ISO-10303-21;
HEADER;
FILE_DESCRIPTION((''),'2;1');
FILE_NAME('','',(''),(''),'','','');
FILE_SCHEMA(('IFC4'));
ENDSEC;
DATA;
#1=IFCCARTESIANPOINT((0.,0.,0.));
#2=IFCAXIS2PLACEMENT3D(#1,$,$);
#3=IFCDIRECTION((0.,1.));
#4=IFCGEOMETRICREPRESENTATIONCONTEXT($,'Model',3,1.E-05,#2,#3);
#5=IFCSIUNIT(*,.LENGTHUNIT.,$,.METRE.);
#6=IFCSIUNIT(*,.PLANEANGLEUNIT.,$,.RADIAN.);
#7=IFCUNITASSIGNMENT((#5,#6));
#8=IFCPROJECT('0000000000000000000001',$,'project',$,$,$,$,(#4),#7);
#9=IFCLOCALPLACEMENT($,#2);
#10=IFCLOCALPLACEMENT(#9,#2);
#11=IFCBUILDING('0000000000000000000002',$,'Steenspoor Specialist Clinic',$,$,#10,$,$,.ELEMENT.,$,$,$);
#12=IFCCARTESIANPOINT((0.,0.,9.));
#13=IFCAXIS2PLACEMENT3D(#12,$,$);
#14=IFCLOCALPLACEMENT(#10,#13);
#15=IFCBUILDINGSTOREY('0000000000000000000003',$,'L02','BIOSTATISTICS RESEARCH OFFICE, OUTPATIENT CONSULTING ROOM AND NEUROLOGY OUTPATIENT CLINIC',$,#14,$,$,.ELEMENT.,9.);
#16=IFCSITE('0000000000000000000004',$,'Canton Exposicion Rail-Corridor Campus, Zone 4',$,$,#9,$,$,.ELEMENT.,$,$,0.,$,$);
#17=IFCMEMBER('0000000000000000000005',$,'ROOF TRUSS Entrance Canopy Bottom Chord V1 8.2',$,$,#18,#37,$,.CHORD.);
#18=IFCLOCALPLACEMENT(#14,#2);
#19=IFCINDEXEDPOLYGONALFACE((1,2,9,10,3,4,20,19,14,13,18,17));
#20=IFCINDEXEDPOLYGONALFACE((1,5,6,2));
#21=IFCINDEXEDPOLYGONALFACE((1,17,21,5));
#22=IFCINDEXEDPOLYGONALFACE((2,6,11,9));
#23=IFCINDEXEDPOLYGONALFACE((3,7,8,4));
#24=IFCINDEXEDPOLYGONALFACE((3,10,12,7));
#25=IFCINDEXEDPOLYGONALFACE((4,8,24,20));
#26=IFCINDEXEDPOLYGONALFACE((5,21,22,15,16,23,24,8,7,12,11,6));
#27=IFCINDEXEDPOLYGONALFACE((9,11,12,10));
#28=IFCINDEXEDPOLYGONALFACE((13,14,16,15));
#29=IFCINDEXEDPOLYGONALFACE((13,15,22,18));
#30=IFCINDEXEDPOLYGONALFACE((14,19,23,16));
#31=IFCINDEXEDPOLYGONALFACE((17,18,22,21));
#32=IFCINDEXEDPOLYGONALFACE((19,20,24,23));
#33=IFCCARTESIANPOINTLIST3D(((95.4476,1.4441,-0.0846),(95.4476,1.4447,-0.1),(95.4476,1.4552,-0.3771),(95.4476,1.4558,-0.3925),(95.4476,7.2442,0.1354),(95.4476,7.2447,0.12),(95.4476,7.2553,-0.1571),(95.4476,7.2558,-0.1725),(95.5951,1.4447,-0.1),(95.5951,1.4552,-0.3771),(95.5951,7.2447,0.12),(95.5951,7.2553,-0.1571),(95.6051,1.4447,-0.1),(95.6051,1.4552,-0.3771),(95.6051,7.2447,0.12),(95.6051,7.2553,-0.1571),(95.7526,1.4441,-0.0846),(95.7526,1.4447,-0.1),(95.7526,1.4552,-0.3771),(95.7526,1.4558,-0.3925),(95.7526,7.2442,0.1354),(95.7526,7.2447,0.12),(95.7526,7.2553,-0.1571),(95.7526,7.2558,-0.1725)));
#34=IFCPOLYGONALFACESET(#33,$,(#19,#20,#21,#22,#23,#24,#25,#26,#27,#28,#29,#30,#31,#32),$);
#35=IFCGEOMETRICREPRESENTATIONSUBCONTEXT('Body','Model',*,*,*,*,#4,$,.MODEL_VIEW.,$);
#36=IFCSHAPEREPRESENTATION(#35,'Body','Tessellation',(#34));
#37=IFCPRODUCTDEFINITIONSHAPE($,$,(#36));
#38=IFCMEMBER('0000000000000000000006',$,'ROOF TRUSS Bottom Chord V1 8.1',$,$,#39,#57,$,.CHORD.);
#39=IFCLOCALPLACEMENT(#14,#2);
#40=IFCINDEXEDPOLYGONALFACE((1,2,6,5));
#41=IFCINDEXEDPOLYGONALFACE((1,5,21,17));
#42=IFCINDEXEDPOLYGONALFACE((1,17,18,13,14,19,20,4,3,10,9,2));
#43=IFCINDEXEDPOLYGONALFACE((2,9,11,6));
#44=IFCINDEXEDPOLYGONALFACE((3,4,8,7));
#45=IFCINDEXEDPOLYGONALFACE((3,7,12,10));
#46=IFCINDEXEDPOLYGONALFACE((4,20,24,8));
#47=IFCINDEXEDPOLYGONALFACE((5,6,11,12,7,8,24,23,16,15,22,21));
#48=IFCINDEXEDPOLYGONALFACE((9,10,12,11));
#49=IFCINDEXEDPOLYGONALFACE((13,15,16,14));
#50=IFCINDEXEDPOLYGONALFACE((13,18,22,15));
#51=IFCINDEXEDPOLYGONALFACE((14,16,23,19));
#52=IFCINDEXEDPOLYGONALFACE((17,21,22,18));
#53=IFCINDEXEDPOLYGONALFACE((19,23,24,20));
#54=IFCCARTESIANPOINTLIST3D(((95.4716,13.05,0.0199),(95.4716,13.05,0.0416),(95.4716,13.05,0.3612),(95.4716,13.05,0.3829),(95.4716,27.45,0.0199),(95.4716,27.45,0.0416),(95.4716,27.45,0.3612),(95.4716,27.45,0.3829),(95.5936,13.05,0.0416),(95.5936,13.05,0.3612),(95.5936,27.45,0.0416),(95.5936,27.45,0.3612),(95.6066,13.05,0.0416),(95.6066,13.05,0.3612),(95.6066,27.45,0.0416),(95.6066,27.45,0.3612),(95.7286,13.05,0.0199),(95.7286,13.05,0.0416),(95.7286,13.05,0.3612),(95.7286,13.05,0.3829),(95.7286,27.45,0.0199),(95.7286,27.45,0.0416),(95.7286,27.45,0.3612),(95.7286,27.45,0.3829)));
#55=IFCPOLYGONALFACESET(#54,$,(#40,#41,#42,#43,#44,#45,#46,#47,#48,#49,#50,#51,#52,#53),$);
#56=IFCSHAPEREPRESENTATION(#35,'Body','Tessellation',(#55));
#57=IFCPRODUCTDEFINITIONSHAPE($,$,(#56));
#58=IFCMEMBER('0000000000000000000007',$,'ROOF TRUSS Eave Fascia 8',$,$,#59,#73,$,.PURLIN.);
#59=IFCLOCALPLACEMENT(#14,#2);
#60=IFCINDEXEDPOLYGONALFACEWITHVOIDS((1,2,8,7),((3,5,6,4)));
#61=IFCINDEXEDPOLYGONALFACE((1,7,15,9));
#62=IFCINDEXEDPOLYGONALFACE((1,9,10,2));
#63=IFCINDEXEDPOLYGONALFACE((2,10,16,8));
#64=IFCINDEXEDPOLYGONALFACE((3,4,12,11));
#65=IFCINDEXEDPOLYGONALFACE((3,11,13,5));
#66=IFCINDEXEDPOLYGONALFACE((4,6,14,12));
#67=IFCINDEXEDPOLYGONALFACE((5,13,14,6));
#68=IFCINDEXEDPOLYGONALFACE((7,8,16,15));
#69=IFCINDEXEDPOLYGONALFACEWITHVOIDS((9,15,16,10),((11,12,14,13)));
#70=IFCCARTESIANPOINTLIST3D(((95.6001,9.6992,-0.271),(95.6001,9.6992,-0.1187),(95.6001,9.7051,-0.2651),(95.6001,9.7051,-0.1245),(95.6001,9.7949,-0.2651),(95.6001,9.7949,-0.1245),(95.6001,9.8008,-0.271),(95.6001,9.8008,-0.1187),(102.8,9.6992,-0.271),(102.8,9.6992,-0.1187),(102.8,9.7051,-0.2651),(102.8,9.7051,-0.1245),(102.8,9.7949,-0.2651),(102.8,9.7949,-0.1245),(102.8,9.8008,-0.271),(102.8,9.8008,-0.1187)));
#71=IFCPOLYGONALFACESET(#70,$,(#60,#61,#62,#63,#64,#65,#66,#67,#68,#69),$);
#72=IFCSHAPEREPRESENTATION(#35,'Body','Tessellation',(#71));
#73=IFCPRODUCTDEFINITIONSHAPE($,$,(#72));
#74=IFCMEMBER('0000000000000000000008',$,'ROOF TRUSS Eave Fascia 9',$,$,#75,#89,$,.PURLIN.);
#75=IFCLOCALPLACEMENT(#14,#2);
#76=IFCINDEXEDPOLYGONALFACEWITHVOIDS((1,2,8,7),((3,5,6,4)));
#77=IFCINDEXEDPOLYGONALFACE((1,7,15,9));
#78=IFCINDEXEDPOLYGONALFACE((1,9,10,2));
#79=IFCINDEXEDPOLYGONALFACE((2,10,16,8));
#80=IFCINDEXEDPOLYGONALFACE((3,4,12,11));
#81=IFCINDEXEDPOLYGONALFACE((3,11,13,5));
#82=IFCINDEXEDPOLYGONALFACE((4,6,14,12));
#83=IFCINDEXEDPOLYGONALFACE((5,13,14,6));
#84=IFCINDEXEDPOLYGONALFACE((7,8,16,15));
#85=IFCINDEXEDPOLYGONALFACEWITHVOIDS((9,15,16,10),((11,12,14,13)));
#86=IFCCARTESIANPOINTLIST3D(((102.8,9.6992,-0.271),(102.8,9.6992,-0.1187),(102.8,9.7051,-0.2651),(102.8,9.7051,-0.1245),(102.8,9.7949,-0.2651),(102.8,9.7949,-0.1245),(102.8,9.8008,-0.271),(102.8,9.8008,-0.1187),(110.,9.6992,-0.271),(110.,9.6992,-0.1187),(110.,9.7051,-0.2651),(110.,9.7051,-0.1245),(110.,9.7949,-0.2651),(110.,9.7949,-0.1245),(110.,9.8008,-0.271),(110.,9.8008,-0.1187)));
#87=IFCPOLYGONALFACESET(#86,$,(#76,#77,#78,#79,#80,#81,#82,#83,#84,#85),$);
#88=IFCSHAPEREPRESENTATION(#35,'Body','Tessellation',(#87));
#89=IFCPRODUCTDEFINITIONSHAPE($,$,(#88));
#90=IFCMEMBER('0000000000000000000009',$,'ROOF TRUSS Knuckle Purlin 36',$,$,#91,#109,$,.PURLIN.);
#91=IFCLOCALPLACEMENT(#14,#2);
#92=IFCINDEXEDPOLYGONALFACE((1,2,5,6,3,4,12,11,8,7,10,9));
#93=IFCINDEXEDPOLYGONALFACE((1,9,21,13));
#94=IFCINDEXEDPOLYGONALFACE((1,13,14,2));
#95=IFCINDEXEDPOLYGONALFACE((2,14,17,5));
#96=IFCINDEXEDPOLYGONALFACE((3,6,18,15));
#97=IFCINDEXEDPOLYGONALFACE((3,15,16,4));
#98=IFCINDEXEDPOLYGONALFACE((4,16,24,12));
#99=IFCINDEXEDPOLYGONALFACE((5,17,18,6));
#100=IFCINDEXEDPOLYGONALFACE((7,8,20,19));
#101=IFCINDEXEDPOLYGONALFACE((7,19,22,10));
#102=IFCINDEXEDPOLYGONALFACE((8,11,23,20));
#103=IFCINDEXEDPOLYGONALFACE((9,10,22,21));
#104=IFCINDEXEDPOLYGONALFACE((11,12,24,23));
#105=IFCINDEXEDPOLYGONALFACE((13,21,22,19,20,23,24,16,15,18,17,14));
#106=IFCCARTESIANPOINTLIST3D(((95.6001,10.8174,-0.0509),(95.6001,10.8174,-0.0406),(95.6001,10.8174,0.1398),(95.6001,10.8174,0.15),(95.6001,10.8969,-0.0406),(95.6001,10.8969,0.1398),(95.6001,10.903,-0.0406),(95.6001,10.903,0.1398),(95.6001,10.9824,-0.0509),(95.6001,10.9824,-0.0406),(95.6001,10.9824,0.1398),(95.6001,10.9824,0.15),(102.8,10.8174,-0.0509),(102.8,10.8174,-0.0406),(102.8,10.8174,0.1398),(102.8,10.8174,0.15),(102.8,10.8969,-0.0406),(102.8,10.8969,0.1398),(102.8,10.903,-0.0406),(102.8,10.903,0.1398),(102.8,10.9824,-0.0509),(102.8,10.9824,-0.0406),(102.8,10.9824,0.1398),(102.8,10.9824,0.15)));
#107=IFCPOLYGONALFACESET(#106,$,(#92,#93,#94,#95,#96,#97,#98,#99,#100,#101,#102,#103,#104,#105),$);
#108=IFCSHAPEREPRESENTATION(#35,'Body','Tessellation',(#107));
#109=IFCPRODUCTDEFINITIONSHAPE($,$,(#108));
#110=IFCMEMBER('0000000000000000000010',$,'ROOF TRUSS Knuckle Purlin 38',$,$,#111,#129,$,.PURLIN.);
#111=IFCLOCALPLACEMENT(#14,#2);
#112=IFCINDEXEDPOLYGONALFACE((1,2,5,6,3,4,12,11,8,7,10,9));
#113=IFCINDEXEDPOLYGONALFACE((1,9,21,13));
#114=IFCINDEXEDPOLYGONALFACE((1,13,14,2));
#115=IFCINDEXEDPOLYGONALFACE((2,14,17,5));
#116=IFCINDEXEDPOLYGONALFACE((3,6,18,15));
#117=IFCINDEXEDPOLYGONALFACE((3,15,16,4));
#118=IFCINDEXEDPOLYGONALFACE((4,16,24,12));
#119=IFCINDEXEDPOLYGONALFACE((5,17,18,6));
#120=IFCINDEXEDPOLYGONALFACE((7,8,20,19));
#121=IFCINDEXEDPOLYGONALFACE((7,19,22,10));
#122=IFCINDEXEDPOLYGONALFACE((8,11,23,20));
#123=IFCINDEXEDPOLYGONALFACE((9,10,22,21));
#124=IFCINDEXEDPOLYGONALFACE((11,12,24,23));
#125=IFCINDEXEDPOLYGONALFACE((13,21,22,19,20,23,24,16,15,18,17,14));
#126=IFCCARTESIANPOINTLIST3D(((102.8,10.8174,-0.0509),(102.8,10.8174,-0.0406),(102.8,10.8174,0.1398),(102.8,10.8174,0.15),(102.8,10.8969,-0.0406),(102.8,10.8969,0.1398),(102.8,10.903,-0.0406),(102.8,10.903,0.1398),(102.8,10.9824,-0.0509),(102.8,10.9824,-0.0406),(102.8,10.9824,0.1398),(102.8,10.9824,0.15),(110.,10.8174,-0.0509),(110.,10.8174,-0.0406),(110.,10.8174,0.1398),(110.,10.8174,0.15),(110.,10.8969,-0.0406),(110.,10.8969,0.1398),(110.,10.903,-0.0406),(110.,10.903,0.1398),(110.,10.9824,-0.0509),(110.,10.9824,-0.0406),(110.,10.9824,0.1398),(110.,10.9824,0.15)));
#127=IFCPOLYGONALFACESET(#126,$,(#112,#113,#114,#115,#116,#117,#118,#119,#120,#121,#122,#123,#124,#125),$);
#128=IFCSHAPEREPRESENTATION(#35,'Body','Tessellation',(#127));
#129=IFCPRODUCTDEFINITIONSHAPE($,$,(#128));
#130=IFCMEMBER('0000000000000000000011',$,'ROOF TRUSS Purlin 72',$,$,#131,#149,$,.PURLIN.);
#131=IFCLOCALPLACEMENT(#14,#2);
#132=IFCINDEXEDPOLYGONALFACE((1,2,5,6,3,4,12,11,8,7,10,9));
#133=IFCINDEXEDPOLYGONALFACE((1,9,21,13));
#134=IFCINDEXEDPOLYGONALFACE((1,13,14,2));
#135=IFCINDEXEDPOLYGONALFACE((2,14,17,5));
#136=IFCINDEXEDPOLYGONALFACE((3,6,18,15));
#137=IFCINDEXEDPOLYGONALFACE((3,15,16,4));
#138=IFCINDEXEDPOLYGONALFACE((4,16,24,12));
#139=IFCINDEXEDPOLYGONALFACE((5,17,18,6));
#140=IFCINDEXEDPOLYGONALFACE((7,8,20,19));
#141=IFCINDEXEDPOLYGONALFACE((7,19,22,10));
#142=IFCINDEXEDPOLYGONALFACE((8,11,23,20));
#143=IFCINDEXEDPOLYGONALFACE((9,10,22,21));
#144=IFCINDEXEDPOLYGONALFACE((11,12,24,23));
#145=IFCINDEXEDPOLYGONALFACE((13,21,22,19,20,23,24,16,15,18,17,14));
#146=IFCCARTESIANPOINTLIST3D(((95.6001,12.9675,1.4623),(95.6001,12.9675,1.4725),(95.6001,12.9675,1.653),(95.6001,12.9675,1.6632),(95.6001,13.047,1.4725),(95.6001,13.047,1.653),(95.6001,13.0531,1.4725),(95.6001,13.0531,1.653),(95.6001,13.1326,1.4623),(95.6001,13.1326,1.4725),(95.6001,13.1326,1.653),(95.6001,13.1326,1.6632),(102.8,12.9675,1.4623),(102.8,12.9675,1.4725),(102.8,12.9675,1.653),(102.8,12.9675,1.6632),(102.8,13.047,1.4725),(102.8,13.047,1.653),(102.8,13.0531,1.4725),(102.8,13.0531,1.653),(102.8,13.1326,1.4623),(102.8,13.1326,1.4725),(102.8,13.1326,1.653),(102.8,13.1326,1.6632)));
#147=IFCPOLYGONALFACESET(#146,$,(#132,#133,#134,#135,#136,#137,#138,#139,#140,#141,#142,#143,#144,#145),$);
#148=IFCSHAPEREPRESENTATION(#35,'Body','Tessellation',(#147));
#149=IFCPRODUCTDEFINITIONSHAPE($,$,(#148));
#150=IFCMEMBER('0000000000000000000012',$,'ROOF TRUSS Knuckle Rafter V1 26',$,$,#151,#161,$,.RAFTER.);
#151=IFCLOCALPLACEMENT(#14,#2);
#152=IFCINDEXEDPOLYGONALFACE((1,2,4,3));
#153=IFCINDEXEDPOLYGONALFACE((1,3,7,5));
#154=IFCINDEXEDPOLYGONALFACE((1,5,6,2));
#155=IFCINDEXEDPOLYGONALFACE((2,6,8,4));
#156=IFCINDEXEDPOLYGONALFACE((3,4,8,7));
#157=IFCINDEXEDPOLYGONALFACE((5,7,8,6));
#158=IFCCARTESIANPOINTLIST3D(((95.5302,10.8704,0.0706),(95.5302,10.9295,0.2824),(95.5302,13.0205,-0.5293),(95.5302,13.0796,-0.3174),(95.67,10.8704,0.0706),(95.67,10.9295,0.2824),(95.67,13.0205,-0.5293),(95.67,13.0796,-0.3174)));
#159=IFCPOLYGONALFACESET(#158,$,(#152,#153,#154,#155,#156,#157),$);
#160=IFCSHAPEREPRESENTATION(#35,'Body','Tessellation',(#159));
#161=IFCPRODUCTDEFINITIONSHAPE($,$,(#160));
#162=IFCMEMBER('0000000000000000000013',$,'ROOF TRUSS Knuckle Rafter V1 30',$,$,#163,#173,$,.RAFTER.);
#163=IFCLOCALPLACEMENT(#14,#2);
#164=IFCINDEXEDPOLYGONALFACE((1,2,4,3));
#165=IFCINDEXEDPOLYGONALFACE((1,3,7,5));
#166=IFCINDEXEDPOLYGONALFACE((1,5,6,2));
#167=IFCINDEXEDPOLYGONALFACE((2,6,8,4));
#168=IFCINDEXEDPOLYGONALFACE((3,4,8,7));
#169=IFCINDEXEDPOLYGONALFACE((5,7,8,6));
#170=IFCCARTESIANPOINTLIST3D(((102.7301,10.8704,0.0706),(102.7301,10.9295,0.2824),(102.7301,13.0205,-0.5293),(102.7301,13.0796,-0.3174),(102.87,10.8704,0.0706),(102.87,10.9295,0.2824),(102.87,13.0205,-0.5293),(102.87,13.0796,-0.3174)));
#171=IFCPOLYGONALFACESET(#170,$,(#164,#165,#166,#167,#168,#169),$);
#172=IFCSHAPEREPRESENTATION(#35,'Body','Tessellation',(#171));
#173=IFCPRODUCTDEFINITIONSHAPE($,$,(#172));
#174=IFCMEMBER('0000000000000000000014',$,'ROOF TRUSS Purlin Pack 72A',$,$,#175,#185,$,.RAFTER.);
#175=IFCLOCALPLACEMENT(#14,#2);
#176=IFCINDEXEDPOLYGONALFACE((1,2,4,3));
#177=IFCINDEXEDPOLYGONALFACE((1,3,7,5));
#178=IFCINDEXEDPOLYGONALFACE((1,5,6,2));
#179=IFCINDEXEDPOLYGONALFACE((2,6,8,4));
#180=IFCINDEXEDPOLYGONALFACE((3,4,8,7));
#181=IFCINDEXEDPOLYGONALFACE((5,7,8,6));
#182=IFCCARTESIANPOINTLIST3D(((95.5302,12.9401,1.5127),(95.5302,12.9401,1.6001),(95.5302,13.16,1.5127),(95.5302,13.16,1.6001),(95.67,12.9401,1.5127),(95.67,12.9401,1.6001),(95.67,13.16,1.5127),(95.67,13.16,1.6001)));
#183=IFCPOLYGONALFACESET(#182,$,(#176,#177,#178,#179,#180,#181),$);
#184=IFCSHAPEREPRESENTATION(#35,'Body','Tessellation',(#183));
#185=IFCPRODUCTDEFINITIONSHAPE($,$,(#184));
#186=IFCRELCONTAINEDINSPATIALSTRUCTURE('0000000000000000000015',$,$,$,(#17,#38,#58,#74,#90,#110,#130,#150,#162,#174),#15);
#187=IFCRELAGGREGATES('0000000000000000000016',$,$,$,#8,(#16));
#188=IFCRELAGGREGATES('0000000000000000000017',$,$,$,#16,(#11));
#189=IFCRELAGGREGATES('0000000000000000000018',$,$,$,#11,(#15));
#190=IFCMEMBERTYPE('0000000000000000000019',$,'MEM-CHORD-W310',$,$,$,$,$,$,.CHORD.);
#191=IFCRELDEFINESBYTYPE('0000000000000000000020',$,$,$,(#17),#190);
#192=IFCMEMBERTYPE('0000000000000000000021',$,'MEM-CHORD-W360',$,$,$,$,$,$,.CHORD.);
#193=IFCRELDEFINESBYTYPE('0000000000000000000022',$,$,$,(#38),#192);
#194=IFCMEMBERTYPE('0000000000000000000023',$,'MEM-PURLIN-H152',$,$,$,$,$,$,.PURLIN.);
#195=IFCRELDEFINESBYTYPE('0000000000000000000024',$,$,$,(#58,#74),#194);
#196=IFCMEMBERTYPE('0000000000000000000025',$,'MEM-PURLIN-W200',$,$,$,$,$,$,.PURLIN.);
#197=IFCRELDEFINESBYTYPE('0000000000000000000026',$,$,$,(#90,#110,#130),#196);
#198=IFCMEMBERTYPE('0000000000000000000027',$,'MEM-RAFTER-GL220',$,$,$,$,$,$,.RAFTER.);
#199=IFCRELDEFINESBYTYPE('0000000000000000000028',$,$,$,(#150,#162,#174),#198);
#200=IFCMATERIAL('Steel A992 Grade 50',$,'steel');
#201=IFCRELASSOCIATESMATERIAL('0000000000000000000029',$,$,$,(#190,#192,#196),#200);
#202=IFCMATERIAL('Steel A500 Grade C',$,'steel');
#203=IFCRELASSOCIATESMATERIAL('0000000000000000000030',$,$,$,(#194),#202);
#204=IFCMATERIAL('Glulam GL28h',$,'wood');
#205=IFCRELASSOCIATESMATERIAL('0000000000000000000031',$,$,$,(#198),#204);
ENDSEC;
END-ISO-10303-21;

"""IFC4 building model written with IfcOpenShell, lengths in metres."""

from ifc_helpers import new_model, si_unit, direction, frame, origin, origin_2d, place, context, subcontext, project, spatial, rectangle, hollow_rectangle, i_section, extrude, material, material_profile, profile_set, type_object, element, save


model = new_model("IFC4")

# Units and contexts
model_context = context("Model", 3, precision=1e-05, world=origin(), true_north=direction((0.0, 1.0)))
body_context = subcontext(model_context, "Body", "Model", "MODEL_VIEW")
ifc_project = project(units=[si_unit("LENGTHUNIT", "METRE"), si_unit("PLANEANGLEUNIT", "RADIAN")], contexts=[model_context])

# Site, building, storey
site_placement = place(None, origin())
site = spatial("IfcSite", under=ifc_project, at=site_placement, Name="Canton Exposicion Rail-Corridor Campus, Zone 4", CompositionType="ELEMENT", RefElevation=0.0)
building_placement = place(site_placement, origin())
building = spatial("IfcBuilding", under=site, at=building_placement, Name="Steenspoor Specialist Clinic", CompositionType="ELEMENT")
storey_placement = place(building_placement, frame((0.0, 0.0, 9.0)))
storey = spatial("IfcBuildingStorey", under=building, at=storey_placement, Name="L02", Description="BIOSTATISTICS RESEARCH OFFICE, OUTPATIENT CONSULTING ROOM AND NEUROLOGY OUTPATIENT CLINIC", CompositionType="ELEMENT", Elevation=9.0)

# Shared definitions
ifc_material_1 = material(Name="Steel A992 Grade 50", Category="steel")

# Members
ifc_material_2 = material(Name="Steel A500 Grade C", Category="steel")
ifc_material_profile_1 = material_profile(ifc_material_1, i_section(OverallWidth=0.3049, OverallDepth=0.3081, WebThickness=0.01, FlangeThickness=0.0154, at=origin_2d()), Name="W310X97")
ifc_profile_set_1 = profile_set([ifc_material_profile_1], Name="Steel A992 Grade 50")
member_type_1 = type_object("IfcMemberType", Name="MEM-CHORD-W310", PredefinedType="CHORD", material=ifc_profile_set_1)
for number, where, z_axis, x_axis, name in (
    (1, (95.6001, 7.25, -0.0186), (0.0, -0.999282, -0.037898), (1.0, 0.0, 0.0), "ROOF TRUSS Entrance Canopy Bottom Chord V1 8.2"),
):
    element("IfcMember", number, at=place(storey_placement, frame(where, z_axis=z_axis, x_axis=x_axis)), inside=storey, type_object=member_type_1, Name=name, PredefinedType="CHORD", context=body_context, shape_type="SweptSolid", body=[
        extrude(i_section(OverallWidth=0.3049, OverallDepth=0.3081, WebThickness=0.01, FlangeThickness=0.0154, at=origin_2d()), origin(), (0.0, 0.0, 1.0), 5.8042),
    ])
ifc_material_profile_2 = material_profile(ifc_material_1, i_section(OverallWidth=0.2571, OverallDepth=0.363, WebThickness=0.0129, FlangeThickness=0.0217, at=origin_2d()), Name="W360X122")
ifc_profile_set_2 = profile_set([ifc_material_profile_2], Name="Steel A992 Grade 50")
member_type_2 = type_object("IfcMemberType", Name="MEM-CHORD-W360", PredefinedType="CHORD", material=ifc_profile_set_2)
member_1_placement = place(storey_placement, frame((95.6001, 13.05, 0.2014), z_axis=(0.0, 1.0, 0.0), x_axis=(-1.0, 0.0, 0.0)))
element("IfcMember", 2, at=member_1_placement, inside=storey, type_object=member_type_2, Name="ROOF TRUSS Bottom Chord V1 8.1", PredefinedType="CHORD", context=body_context, shape_type="SweptSolid", body=[
    extrude(i_section(OverallWidth=0.2571, OverallDepth=0.363, WebThickness=0.0129, FlangeThickness=0.0217, at=origin_2d()), origin(), (0.0, 0.0, 1.0), 14.3999),
])
ifc_material_profile_3 = material_profile(ifc_material_2, hollow_rectangle(XDim=0.1016, YDim=0.1523, WallThickness=0.0059, at=origin_2d()), Name="HSS152X102X6.4")
ifc_profile_set_3 = profile_set([ifc_material_profile_3], Name="Steel A500 Grade C")
member_type_3 = type_object("IfcMemberType", Name="MEM-PURLIN-H152", PredefinedType="PURLIN", material=ifc_profile_set_3)
for number, where, z_axis, x_axis, name in (
    (3, (95.6001, 9.75, -0.1948), (1.0, 0.0, 0.0), (0.0, 1.0, 0.0), "ROOF TRUSS Eave Fascia 8"),
    (4, (102.8, 9.75, -0.1948), (1.0, 0.0, 0.0), (0.0, 1.0, 0.0), "ROOF TRUSS Eave Fascia 9"),
):
    element("IfcMember", number, at=place(storey_placement, frame(where, z_axis=z_axis, x_axis=x_axis)), inside=storey, type_object=member_type_3, Name=name, PredefinedType="PURLIN", context=body_context, shape_type="SweptSolid", body=[
        extrude(hollow_rectangle(XDim=0.1016, YDim=0.1523, WallThickness=0.0059, at=origin_2d()), origin(), (0.0, 0.0, 1.0), 7.2),
    ])
ifc_material_profile_4 = material_profile(ifc_material_1, i_section(OverallWidth=0.165, OverallDepth=0.2009, WebThickness=0.0061, FlangeThickness=0.0103, at=origin_2d()), Name="W200X36")
ifc_profile_set_4 = profile_set([ifc_material_profile_4], Name="Steel A992 Grade 50")
member_type_4 = type_object("IfcMemberType", Name="MEM-PURLIN-W200", PredefinedType="PURLIN", material=ifc_profile_set_4)
for number, where, z_axis, x_axis, name in (
    (5, (95.6001, 10.8999, 0.0496), (1.0, 0.0, 0.0), (0.0, 1.0, 0.0), "ROOF TRUSS Knuckle Purlin 36"),
    (6, (102.8, 10.8999, 0.0496), (1.0, 0.0, 0.0), (0.0, 1.0, 0.0), "ROOF TRUSS Knuckle Purlin 38"),
    (7, (95.6001, 13.05, 1.5627), (1.0, 0.0, 0.0), (0.0, 1.0, 0.0), "ROOF TRUSS Purlin 72"),
):
    element("IfcMember", number, at=place(storey_placement, frame(where, z_axis=z_axis, x_axis=x_axis)), inside=storey, type_object=member_type_4, Name=name, PredefinedType="PURLIN", context=body_context, shape_type="SweptSolid", body=[
        extrude(i_section(OverallWidth=0.165, OverallDepth=0.2009, WebThickness=0.0061, FlangeThickness=0.0103, at=origin_2d()), origin(), (0.0, 0.0, 1.0), 7.2),
    ])
ifc_material_3 = material(Name="Glulam GL28h", Category="wood")
ifc_material_profile_5 = material_profile(ifc_material_3, rectangle(XDim=0.1399, YDim=0.22, at=origin_2d()), Name="GL28H-140X220")
ifc_profile_set_5 = profile_set([ifc_material_profile_5], Name="Glulam GL28h")
member_type_5 = type_object("IfcMemberType", Name="MEM-RAFTER-GL220", PredefinedType="RAFTER", material=ifc_profile_set_5)
for number, where, z_axis, x_axis, name in (
    (8, (95.6001, 13.05, -0.4233), (0.0, -0.963218, 0.268721), (1.0, 0.0, 0.0), "ROOF TRUSS Knuckle Rafter V1 26"),
    (9, (102.8, 13.05, -0.4233), (0.0, -0.963218, 0.268721), (1.0, 0.0, 0.0), "ROOF TRUSS Knuckle Rafter V1 30"),
):
    element("IfcMember", number, at=place(storey_placement, frame(where, z_axis=z_axis, x_axis=x_axis)), inside=storey, type_object=member_type_5, Name=name, PredefinedType="RAFTER", context=body_context, shape_type="SweptSolid", body=[
        extrude(rectangle(XDim=0.1399, YDim=0.22, at=origin_2d()), origin(), (0.0, 0.0, 1.0), 2.2322),
    ])
member_2_placement = place(storey_placement, frame((95.6001, 13.05, 1.5127), z_axis=(0.0, 0.0, 1.0), x_axis=(1.0, 0.0, 0.0)))
element("IfcMember", 10, at=member_2_placement, inside=storey, type_object=member_type_5, Name="ROOF TRUSS Purlin Pack 72A", PredefinedType="RAFTER", context=body_context, shape_type="SweptSolid", body=[
    extrude(rectangle(XDim=0.1399, YDim=0.22, at=origin_2d()), origin(), (0.0, 0.0, 1.0), 0.0874),
])

save(model, "model.ifc")
